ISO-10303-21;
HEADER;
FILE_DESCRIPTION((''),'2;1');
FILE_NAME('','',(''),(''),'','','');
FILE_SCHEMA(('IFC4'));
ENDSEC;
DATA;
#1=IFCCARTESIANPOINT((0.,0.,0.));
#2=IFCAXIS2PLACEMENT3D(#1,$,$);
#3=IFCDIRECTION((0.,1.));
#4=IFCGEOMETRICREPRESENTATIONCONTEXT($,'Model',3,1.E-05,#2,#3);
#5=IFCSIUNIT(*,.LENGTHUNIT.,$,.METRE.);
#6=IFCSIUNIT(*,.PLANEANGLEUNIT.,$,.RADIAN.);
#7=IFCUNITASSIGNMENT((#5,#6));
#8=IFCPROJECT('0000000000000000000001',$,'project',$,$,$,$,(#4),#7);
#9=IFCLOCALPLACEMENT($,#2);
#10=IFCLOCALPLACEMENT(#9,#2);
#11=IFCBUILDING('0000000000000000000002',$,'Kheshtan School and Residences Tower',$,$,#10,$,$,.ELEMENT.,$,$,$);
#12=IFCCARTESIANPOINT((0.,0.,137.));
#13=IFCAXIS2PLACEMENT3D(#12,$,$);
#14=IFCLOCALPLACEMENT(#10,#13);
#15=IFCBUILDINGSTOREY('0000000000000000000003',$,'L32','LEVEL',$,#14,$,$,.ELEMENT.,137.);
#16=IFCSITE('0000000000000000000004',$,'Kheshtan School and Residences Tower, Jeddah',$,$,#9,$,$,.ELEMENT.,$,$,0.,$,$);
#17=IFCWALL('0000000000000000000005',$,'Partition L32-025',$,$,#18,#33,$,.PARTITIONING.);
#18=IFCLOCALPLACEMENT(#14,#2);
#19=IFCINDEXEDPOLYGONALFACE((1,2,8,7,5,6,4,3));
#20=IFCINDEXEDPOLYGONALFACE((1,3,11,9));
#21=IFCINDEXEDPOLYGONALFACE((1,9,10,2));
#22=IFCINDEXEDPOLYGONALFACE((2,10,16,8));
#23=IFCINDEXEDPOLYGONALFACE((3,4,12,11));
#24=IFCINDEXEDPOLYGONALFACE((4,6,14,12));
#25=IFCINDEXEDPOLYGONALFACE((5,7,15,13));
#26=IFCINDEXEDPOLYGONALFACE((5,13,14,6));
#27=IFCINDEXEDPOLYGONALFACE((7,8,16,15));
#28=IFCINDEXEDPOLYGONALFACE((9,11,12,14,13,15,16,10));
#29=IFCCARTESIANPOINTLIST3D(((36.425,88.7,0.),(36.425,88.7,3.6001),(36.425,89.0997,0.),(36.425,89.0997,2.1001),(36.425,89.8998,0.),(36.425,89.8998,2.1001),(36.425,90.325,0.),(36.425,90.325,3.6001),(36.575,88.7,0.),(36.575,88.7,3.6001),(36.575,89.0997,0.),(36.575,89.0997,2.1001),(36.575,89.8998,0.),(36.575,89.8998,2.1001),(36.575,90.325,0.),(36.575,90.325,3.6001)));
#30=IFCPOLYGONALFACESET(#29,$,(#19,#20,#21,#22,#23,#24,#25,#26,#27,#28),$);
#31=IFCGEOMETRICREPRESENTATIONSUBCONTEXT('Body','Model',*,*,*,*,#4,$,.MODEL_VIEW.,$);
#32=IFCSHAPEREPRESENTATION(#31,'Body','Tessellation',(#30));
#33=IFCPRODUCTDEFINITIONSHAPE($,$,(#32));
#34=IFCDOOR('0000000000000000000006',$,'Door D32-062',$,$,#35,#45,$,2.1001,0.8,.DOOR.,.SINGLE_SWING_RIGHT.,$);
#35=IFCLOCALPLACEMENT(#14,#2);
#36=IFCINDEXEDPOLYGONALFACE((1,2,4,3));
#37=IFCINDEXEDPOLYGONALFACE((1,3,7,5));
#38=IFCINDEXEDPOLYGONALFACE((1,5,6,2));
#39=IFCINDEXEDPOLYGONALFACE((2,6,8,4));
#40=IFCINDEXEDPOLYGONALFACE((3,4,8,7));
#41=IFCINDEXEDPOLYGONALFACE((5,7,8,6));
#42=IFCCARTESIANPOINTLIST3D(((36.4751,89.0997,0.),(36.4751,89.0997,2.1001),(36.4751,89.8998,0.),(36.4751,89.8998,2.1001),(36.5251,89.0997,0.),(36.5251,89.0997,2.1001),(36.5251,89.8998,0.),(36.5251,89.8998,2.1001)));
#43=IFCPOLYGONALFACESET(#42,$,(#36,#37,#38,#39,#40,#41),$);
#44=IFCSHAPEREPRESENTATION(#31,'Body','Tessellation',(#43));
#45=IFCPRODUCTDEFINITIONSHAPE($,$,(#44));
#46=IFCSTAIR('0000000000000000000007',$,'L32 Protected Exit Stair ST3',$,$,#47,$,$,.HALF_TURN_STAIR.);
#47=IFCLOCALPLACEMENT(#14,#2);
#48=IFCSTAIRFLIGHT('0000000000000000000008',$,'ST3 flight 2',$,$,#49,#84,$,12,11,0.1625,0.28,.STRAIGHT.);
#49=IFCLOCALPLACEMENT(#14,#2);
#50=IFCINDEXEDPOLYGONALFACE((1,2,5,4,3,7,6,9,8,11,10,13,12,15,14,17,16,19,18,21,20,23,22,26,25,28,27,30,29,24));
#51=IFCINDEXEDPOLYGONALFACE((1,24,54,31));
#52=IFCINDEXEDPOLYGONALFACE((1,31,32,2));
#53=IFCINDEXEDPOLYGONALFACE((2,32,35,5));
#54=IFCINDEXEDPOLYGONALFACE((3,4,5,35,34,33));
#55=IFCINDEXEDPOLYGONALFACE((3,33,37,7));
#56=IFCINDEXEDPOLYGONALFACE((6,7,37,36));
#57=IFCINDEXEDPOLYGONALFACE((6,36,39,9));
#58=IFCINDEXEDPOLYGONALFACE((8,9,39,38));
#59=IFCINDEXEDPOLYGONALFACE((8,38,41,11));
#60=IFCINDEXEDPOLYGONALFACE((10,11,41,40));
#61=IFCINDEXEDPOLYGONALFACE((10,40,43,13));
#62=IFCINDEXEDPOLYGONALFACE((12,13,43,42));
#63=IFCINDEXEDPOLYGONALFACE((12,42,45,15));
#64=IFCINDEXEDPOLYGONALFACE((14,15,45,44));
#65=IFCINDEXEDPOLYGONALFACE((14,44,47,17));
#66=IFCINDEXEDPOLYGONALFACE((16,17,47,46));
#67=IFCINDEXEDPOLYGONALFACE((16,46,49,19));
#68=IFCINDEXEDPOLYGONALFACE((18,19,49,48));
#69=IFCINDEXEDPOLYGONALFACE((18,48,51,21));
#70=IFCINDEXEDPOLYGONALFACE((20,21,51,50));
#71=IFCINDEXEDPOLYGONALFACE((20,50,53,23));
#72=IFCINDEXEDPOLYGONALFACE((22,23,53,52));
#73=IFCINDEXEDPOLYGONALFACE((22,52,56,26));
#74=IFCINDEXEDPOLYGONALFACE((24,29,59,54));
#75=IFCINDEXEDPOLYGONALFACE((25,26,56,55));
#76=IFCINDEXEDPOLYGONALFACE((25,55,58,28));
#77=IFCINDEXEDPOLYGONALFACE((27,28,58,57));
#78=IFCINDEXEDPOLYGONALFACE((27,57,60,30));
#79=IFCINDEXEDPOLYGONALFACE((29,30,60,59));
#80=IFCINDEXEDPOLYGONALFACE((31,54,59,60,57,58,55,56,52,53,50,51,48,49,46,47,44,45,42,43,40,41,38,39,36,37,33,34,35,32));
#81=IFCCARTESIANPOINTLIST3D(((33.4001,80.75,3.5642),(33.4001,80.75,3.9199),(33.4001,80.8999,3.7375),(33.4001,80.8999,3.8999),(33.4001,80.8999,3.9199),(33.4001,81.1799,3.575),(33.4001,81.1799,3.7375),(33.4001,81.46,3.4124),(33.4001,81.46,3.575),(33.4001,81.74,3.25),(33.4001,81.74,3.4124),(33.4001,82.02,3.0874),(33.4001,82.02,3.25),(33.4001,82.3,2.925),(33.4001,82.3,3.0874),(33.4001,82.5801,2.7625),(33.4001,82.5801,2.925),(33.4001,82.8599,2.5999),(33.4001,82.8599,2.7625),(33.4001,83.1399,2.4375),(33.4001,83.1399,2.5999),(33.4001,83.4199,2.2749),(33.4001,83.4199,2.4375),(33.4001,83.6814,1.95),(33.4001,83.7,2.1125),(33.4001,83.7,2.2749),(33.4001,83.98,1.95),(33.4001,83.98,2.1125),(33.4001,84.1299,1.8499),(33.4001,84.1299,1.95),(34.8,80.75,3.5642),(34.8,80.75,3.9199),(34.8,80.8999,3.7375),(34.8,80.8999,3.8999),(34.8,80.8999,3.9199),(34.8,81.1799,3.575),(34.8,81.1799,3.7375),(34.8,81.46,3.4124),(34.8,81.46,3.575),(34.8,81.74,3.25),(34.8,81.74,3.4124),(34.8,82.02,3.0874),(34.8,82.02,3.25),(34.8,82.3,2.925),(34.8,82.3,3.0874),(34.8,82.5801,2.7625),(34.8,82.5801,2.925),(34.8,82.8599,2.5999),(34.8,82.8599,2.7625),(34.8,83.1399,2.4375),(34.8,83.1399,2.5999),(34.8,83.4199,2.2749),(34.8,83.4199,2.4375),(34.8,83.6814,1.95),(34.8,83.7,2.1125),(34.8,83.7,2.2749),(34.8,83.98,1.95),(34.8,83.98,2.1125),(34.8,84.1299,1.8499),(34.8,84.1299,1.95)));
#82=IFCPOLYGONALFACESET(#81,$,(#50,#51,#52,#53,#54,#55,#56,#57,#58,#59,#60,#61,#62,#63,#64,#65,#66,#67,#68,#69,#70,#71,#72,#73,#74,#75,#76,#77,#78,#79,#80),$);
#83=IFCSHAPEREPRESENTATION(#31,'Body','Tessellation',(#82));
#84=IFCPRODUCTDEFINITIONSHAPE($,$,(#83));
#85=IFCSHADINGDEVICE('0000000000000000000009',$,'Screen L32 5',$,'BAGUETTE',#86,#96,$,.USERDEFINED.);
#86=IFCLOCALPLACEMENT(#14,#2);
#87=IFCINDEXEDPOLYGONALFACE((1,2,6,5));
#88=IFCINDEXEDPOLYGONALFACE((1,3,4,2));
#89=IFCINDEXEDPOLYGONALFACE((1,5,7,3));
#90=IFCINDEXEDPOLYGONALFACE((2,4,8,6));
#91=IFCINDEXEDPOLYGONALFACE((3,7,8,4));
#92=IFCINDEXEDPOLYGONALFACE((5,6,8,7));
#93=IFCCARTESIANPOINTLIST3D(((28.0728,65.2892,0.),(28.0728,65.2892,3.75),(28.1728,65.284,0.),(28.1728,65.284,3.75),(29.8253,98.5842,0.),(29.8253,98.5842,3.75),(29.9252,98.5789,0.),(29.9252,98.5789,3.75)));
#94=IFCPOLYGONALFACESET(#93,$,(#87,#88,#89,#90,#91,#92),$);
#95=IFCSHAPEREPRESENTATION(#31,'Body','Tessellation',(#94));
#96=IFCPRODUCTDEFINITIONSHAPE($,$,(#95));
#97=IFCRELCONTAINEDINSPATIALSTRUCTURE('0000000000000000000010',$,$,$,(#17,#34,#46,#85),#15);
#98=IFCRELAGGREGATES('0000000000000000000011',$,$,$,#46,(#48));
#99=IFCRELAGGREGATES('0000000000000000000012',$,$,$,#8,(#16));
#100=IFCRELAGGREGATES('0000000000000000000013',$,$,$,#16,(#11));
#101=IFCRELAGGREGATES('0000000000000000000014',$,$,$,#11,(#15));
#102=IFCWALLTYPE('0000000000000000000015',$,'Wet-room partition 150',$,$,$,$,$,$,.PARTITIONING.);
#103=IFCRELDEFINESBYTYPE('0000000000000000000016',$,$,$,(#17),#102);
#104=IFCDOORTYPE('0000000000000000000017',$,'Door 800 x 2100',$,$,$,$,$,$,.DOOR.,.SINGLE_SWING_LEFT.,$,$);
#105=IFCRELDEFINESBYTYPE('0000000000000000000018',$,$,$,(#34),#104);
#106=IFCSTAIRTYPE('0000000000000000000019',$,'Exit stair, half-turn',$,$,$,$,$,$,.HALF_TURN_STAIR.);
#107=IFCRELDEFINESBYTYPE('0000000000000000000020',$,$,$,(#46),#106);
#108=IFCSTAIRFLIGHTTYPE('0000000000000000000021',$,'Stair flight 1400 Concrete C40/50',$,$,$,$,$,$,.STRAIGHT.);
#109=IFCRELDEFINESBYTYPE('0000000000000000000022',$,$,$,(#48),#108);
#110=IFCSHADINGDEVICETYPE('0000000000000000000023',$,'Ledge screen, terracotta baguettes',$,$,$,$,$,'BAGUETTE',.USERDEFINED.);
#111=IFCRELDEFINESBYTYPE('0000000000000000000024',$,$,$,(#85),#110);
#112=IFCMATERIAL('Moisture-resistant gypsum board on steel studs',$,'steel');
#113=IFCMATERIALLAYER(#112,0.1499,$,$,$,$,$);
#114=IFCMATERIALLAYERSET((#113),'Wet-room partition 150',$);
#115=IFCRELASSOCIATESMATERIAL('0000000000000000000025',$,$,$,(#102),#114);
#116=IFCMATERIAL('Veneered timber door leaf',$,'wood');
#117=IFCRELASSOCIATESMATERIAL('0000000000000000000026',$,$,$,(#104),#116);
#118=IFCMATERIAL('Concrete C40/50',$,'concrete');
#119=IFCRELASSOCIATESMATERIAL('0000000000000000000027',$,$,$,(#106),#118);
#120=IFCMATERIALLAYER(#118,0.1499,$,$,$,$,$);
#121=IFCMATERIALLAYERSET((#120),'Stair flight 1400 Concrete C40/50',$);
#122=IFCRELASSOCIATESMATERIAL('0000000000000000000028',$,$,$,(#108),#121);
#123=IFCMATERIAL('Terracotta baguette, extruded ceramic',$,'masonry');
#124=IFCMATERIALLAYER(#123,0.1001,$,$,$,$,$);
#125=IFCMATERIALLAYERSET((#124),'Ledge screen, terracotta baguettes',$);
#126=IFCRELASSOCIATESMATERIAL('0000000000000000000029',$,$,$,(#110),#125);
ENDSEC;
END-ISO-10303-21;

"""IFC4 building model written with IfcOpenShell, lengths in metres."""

from ifc_helpers import new_model, si_unit, direction, frame, frame_2d, origin, origin_2d, place, context, subcontext, project, spatial, polyline, rectangle, outline, extrude, source, transform, mapped, material, layer, layer_set, type_object, element, fill, aggregate, save


model = new_model("IFC4")

# Units and contexts
model_context = context("Model", 3, precision=1e-05, world=origin(), true_north=direction((0.0, 1.0)))
body_context = subcontext(model_context, "Body", "Model", "MODEL_VIEW")
ifc_project = project(units=[si_unit("LENGTHUNIT", "METRE"), si_unit("PLANEANGLEUNIT", "RADIAN")], contexts=[model_context])

# Site, building, storey
site_placement = place(None, origin())
site = spatial("IfcSite", under=ifc_project, at=site_placement, Name="Kheshtan School and Residences Tower, Jeddah", CompositionType="ELEMENT", RefElevation=0.0)
building_placement = place(site_placement, origin())
building = spatial("IfcBuilding", under=site, at=building_placement, Name="Kheshtan School and Residences Tower", CompositionType="ELEMENT")
storey_placement = place(building_placement, frame((0.0, 0.0, 137.0)))
storey = spatial("IfcBuildingStorey", under=building, at=storey_placement, Name="L32", Description="LEVEL", CompositionType="ELEMENT", Elevation=137.0)

# Shared definitions
ifc_material_1 = material(Name="Veneered timber door leaf", Category="wood")

# Shared definitions
ifc_material_2 = material(Name="Concrete C40/50", Category="concrete")

# Wall, opening, door
ifc_material_3 = material(Name="Moisture-resistant gypsum board on steel studs", Category="steel")
ifc_layer_1 = layer(ifc_material_3, 0.1499)
ifc_layer_set_1 = layer_set([ifc_layer_1], Name="Wet-room partition 150")
wall_type_1 = type_object("IfcWallType", Name="Wet-room partition 150", PredefinedType="PARTITIONING", material=ifc_layer_set_1)
wall_1_placement = place(storey_placement, frame((36.5, 88.7, 0.0), z_axis=(0.0, 0.0, 1.0), x_axis=(0.0, 1.0, 0.0)))
wall_1 = element("IfcWall", 1, at=wall_1_placement, inside=storey, type_object=wall_type_1, Name="Partition L32-025", PredefinedType="PARTITIONING", context=body_context, shape_type="SweptSolid", body=[
    extrude(rectangle(XDim=1.625, YDim=0.1499, at=frame_2d((0.8125, 0.0))), origin(), (0.0, 0.0, 1.0), 3.6001),
])
opening_1_placement = place(wall_1_placement, frame((0.3999, 0.0, 0.0)))
opening_1 = element("IfcOpeningElement", 2, at=opening_1_placement, cuts=wall_1, PredefinedType="OPENING", context=body_context, shape_type="SweptSolid", body=[
    extrude(rectangle(XDim=0.8, YDim=2.1001, at=frame_2d((0.3999, 1.05))), frame((0.0, 0.085, 0.0), z_axis=(0.0, -1.0, 0.0), x_axis=(1.0, 0.0, 0.0)), (0.0, 0.0, 1.0), 0.1699),
])
door_type_1 = type_object("IfcDoorType", Name="Door 800 x 2100", OperationType="SINGLE_SWING_LEFT", PredefinedType="DOOR", material=ifc_material_1)
shared_shape_1 = source(origin(), body_context, "Body", "SweptSolid", [
    extrude(rectangle(XDim=0.8, YDim=2.1001, at=frame_2d((0.3999, 1.05))), frame((0.0, 0.0249, 0.0), z_axis=(0.0, -1.0, 0.0), x_axis=(1.0, 0.0, 0.0)), (0.0, 0.0, 1.0), 0.05),
])
door_1_placement = place(opening_1_placement, origin())
door_1 = element("IfcDoor", 3, at=door_1_placement, inside=storey, type_object=door_type_1, Name="Door D32-062", OperationType="SINGLE_SWING_RIGHT", OverallHeight=2.1001, OverallWidth=0.8, PredefinedType="DOOR", context=body_context, shape_type="MappedRepresentation", body=[
    mapped(shared_shape_1, transform((0.0, 0.0, 0.0), x_axis=(1.0, 0.0, 0.0), y_axis=(0.0, 1.0, 0.0), z_axis=(0.0, 0.0, 1.0), scale=1.0)),
])
fill(opening_1, door_1)

# Stair, stair flight
stair_type = type_object("IfcStairType", Name="Exit stair, half-turn", PredefinedType="HALF_TURN_STAIR", material=ifc_material_2)
stair_placement = place(storey_placement, origin())
stair = element("IfcStair", 4, at=stair_placement, inside=storey, type_object=stair_type, Name="L32 Protected Exit Stair ST3", PredefinedType="HALF_TURN_STAIR")
ifc_layer_2 = layer(ifc_material_2, 0.1499)
ifc_layer_set_2 = layer_set([ifc_layer_2], Name="Stair flight 1400 Concrete C40/50")
stair_flight_type = type_object("IfcStairFlightType", Name="Stair flight 1400 Concrete C40/50", PredefinedType="STRAIGHT", material=ifc_layer_set_2)
stair_flight_placement = place(storey_placement, frame((34.1001, 83.98, 1.95), z_axis=(0.0, 0.0, 1.0), x_axis=(0.0, -1.0, 0.0)))
stair_flight = element("IfcStairFlight", 5, at=stair_flight_placement, type_object=stair_flight_type, Name="ST3 flight 2", NumberOfRisers=12, NumberOfTreads=11, PredefinedType="STRAIGHT", RiserHeight=0.1625, TreadLength=0.28, context=body_context, shape_type="SweptSolid", body=[
    extrude(outline(polyline([(-0.1499, -0.1001), (-0.1499, 0.0), (0.0, 0.0), (0.0, 0.1626), (0.28, 0.1626), (0.28, 0.325), (0.5601, 0.325), (0.5601, 0.4875), (0.8401, 0.4875), (0.8401, 0.6499), (1.1201, 0.6499), (1.1201, 0.8125), (1.3999, 0.8125), (1.3999, 0.9751), (1.6799, 0.9751), (1.6799, 1.1375), (1.96, 1.1375), (1.96, 1.3), (2.24, 1.3), (2.24, 1.4624), (2.52, 1.4624), (2.52, 1.625), (2.8, 1.625), (2.8, 1.7876), (3.0801, 1.7876), (3.0801, 1.95), (3.0801, 1.97), (3.23, 1.97), (3.23, 1.6143), (0.2986, 0.0), (-0.1499, -0.1001)])), frame((0.0, 0.7, 0.0), z_axis=(0.0, -1.0, 0.0), x_axis=(1.0, 0.0, 0.0)), (0.0, 0.0, 1.0), 1.3999),
])
aggregate(stair, [stair_flight])

# Shading device
ifc_material_4 = material(Name="Terracotta baguette, extruded ceramic", Category="masonry")
ifc_layer_3 = layer(ifc_material_4, 0.1001)
ifc_layer_set_3 = layer_set([ifc_layer_3], Name="Ledge screen, terracotta baguettes")
shading_device_type = type_object("IfcShadingDeviceType", Name="Ledge screen, terracotta baguettes", ElementType="BAGUETTE", PredefinedType="USERDEFINED", material=ifc_layer_set_3)
shading_device_placement = place(storey_placement, frame((28.999, 81.9341, 0.0), z_axis=(0.0, 0.0, 1.0), x_axis=(0.052563, 0.998618, 0.0)))
element("IfcShadingDevice", 6, at=shading_device_placement, inside=storey, type_object=shading_device_type, Name="Screen L32 5", ObjectType="BAGUETTE", PredefinedType="USERDEFINED", context=body_context, shape_type="SweptSolid", body=[
    extrude(rectangle(XDim=33.3411, YDim=0.1001, at=origin_2d()), origin(), (0.0, 0.0, 1.0), 3.75),
])

save(model, "model.ifc")
